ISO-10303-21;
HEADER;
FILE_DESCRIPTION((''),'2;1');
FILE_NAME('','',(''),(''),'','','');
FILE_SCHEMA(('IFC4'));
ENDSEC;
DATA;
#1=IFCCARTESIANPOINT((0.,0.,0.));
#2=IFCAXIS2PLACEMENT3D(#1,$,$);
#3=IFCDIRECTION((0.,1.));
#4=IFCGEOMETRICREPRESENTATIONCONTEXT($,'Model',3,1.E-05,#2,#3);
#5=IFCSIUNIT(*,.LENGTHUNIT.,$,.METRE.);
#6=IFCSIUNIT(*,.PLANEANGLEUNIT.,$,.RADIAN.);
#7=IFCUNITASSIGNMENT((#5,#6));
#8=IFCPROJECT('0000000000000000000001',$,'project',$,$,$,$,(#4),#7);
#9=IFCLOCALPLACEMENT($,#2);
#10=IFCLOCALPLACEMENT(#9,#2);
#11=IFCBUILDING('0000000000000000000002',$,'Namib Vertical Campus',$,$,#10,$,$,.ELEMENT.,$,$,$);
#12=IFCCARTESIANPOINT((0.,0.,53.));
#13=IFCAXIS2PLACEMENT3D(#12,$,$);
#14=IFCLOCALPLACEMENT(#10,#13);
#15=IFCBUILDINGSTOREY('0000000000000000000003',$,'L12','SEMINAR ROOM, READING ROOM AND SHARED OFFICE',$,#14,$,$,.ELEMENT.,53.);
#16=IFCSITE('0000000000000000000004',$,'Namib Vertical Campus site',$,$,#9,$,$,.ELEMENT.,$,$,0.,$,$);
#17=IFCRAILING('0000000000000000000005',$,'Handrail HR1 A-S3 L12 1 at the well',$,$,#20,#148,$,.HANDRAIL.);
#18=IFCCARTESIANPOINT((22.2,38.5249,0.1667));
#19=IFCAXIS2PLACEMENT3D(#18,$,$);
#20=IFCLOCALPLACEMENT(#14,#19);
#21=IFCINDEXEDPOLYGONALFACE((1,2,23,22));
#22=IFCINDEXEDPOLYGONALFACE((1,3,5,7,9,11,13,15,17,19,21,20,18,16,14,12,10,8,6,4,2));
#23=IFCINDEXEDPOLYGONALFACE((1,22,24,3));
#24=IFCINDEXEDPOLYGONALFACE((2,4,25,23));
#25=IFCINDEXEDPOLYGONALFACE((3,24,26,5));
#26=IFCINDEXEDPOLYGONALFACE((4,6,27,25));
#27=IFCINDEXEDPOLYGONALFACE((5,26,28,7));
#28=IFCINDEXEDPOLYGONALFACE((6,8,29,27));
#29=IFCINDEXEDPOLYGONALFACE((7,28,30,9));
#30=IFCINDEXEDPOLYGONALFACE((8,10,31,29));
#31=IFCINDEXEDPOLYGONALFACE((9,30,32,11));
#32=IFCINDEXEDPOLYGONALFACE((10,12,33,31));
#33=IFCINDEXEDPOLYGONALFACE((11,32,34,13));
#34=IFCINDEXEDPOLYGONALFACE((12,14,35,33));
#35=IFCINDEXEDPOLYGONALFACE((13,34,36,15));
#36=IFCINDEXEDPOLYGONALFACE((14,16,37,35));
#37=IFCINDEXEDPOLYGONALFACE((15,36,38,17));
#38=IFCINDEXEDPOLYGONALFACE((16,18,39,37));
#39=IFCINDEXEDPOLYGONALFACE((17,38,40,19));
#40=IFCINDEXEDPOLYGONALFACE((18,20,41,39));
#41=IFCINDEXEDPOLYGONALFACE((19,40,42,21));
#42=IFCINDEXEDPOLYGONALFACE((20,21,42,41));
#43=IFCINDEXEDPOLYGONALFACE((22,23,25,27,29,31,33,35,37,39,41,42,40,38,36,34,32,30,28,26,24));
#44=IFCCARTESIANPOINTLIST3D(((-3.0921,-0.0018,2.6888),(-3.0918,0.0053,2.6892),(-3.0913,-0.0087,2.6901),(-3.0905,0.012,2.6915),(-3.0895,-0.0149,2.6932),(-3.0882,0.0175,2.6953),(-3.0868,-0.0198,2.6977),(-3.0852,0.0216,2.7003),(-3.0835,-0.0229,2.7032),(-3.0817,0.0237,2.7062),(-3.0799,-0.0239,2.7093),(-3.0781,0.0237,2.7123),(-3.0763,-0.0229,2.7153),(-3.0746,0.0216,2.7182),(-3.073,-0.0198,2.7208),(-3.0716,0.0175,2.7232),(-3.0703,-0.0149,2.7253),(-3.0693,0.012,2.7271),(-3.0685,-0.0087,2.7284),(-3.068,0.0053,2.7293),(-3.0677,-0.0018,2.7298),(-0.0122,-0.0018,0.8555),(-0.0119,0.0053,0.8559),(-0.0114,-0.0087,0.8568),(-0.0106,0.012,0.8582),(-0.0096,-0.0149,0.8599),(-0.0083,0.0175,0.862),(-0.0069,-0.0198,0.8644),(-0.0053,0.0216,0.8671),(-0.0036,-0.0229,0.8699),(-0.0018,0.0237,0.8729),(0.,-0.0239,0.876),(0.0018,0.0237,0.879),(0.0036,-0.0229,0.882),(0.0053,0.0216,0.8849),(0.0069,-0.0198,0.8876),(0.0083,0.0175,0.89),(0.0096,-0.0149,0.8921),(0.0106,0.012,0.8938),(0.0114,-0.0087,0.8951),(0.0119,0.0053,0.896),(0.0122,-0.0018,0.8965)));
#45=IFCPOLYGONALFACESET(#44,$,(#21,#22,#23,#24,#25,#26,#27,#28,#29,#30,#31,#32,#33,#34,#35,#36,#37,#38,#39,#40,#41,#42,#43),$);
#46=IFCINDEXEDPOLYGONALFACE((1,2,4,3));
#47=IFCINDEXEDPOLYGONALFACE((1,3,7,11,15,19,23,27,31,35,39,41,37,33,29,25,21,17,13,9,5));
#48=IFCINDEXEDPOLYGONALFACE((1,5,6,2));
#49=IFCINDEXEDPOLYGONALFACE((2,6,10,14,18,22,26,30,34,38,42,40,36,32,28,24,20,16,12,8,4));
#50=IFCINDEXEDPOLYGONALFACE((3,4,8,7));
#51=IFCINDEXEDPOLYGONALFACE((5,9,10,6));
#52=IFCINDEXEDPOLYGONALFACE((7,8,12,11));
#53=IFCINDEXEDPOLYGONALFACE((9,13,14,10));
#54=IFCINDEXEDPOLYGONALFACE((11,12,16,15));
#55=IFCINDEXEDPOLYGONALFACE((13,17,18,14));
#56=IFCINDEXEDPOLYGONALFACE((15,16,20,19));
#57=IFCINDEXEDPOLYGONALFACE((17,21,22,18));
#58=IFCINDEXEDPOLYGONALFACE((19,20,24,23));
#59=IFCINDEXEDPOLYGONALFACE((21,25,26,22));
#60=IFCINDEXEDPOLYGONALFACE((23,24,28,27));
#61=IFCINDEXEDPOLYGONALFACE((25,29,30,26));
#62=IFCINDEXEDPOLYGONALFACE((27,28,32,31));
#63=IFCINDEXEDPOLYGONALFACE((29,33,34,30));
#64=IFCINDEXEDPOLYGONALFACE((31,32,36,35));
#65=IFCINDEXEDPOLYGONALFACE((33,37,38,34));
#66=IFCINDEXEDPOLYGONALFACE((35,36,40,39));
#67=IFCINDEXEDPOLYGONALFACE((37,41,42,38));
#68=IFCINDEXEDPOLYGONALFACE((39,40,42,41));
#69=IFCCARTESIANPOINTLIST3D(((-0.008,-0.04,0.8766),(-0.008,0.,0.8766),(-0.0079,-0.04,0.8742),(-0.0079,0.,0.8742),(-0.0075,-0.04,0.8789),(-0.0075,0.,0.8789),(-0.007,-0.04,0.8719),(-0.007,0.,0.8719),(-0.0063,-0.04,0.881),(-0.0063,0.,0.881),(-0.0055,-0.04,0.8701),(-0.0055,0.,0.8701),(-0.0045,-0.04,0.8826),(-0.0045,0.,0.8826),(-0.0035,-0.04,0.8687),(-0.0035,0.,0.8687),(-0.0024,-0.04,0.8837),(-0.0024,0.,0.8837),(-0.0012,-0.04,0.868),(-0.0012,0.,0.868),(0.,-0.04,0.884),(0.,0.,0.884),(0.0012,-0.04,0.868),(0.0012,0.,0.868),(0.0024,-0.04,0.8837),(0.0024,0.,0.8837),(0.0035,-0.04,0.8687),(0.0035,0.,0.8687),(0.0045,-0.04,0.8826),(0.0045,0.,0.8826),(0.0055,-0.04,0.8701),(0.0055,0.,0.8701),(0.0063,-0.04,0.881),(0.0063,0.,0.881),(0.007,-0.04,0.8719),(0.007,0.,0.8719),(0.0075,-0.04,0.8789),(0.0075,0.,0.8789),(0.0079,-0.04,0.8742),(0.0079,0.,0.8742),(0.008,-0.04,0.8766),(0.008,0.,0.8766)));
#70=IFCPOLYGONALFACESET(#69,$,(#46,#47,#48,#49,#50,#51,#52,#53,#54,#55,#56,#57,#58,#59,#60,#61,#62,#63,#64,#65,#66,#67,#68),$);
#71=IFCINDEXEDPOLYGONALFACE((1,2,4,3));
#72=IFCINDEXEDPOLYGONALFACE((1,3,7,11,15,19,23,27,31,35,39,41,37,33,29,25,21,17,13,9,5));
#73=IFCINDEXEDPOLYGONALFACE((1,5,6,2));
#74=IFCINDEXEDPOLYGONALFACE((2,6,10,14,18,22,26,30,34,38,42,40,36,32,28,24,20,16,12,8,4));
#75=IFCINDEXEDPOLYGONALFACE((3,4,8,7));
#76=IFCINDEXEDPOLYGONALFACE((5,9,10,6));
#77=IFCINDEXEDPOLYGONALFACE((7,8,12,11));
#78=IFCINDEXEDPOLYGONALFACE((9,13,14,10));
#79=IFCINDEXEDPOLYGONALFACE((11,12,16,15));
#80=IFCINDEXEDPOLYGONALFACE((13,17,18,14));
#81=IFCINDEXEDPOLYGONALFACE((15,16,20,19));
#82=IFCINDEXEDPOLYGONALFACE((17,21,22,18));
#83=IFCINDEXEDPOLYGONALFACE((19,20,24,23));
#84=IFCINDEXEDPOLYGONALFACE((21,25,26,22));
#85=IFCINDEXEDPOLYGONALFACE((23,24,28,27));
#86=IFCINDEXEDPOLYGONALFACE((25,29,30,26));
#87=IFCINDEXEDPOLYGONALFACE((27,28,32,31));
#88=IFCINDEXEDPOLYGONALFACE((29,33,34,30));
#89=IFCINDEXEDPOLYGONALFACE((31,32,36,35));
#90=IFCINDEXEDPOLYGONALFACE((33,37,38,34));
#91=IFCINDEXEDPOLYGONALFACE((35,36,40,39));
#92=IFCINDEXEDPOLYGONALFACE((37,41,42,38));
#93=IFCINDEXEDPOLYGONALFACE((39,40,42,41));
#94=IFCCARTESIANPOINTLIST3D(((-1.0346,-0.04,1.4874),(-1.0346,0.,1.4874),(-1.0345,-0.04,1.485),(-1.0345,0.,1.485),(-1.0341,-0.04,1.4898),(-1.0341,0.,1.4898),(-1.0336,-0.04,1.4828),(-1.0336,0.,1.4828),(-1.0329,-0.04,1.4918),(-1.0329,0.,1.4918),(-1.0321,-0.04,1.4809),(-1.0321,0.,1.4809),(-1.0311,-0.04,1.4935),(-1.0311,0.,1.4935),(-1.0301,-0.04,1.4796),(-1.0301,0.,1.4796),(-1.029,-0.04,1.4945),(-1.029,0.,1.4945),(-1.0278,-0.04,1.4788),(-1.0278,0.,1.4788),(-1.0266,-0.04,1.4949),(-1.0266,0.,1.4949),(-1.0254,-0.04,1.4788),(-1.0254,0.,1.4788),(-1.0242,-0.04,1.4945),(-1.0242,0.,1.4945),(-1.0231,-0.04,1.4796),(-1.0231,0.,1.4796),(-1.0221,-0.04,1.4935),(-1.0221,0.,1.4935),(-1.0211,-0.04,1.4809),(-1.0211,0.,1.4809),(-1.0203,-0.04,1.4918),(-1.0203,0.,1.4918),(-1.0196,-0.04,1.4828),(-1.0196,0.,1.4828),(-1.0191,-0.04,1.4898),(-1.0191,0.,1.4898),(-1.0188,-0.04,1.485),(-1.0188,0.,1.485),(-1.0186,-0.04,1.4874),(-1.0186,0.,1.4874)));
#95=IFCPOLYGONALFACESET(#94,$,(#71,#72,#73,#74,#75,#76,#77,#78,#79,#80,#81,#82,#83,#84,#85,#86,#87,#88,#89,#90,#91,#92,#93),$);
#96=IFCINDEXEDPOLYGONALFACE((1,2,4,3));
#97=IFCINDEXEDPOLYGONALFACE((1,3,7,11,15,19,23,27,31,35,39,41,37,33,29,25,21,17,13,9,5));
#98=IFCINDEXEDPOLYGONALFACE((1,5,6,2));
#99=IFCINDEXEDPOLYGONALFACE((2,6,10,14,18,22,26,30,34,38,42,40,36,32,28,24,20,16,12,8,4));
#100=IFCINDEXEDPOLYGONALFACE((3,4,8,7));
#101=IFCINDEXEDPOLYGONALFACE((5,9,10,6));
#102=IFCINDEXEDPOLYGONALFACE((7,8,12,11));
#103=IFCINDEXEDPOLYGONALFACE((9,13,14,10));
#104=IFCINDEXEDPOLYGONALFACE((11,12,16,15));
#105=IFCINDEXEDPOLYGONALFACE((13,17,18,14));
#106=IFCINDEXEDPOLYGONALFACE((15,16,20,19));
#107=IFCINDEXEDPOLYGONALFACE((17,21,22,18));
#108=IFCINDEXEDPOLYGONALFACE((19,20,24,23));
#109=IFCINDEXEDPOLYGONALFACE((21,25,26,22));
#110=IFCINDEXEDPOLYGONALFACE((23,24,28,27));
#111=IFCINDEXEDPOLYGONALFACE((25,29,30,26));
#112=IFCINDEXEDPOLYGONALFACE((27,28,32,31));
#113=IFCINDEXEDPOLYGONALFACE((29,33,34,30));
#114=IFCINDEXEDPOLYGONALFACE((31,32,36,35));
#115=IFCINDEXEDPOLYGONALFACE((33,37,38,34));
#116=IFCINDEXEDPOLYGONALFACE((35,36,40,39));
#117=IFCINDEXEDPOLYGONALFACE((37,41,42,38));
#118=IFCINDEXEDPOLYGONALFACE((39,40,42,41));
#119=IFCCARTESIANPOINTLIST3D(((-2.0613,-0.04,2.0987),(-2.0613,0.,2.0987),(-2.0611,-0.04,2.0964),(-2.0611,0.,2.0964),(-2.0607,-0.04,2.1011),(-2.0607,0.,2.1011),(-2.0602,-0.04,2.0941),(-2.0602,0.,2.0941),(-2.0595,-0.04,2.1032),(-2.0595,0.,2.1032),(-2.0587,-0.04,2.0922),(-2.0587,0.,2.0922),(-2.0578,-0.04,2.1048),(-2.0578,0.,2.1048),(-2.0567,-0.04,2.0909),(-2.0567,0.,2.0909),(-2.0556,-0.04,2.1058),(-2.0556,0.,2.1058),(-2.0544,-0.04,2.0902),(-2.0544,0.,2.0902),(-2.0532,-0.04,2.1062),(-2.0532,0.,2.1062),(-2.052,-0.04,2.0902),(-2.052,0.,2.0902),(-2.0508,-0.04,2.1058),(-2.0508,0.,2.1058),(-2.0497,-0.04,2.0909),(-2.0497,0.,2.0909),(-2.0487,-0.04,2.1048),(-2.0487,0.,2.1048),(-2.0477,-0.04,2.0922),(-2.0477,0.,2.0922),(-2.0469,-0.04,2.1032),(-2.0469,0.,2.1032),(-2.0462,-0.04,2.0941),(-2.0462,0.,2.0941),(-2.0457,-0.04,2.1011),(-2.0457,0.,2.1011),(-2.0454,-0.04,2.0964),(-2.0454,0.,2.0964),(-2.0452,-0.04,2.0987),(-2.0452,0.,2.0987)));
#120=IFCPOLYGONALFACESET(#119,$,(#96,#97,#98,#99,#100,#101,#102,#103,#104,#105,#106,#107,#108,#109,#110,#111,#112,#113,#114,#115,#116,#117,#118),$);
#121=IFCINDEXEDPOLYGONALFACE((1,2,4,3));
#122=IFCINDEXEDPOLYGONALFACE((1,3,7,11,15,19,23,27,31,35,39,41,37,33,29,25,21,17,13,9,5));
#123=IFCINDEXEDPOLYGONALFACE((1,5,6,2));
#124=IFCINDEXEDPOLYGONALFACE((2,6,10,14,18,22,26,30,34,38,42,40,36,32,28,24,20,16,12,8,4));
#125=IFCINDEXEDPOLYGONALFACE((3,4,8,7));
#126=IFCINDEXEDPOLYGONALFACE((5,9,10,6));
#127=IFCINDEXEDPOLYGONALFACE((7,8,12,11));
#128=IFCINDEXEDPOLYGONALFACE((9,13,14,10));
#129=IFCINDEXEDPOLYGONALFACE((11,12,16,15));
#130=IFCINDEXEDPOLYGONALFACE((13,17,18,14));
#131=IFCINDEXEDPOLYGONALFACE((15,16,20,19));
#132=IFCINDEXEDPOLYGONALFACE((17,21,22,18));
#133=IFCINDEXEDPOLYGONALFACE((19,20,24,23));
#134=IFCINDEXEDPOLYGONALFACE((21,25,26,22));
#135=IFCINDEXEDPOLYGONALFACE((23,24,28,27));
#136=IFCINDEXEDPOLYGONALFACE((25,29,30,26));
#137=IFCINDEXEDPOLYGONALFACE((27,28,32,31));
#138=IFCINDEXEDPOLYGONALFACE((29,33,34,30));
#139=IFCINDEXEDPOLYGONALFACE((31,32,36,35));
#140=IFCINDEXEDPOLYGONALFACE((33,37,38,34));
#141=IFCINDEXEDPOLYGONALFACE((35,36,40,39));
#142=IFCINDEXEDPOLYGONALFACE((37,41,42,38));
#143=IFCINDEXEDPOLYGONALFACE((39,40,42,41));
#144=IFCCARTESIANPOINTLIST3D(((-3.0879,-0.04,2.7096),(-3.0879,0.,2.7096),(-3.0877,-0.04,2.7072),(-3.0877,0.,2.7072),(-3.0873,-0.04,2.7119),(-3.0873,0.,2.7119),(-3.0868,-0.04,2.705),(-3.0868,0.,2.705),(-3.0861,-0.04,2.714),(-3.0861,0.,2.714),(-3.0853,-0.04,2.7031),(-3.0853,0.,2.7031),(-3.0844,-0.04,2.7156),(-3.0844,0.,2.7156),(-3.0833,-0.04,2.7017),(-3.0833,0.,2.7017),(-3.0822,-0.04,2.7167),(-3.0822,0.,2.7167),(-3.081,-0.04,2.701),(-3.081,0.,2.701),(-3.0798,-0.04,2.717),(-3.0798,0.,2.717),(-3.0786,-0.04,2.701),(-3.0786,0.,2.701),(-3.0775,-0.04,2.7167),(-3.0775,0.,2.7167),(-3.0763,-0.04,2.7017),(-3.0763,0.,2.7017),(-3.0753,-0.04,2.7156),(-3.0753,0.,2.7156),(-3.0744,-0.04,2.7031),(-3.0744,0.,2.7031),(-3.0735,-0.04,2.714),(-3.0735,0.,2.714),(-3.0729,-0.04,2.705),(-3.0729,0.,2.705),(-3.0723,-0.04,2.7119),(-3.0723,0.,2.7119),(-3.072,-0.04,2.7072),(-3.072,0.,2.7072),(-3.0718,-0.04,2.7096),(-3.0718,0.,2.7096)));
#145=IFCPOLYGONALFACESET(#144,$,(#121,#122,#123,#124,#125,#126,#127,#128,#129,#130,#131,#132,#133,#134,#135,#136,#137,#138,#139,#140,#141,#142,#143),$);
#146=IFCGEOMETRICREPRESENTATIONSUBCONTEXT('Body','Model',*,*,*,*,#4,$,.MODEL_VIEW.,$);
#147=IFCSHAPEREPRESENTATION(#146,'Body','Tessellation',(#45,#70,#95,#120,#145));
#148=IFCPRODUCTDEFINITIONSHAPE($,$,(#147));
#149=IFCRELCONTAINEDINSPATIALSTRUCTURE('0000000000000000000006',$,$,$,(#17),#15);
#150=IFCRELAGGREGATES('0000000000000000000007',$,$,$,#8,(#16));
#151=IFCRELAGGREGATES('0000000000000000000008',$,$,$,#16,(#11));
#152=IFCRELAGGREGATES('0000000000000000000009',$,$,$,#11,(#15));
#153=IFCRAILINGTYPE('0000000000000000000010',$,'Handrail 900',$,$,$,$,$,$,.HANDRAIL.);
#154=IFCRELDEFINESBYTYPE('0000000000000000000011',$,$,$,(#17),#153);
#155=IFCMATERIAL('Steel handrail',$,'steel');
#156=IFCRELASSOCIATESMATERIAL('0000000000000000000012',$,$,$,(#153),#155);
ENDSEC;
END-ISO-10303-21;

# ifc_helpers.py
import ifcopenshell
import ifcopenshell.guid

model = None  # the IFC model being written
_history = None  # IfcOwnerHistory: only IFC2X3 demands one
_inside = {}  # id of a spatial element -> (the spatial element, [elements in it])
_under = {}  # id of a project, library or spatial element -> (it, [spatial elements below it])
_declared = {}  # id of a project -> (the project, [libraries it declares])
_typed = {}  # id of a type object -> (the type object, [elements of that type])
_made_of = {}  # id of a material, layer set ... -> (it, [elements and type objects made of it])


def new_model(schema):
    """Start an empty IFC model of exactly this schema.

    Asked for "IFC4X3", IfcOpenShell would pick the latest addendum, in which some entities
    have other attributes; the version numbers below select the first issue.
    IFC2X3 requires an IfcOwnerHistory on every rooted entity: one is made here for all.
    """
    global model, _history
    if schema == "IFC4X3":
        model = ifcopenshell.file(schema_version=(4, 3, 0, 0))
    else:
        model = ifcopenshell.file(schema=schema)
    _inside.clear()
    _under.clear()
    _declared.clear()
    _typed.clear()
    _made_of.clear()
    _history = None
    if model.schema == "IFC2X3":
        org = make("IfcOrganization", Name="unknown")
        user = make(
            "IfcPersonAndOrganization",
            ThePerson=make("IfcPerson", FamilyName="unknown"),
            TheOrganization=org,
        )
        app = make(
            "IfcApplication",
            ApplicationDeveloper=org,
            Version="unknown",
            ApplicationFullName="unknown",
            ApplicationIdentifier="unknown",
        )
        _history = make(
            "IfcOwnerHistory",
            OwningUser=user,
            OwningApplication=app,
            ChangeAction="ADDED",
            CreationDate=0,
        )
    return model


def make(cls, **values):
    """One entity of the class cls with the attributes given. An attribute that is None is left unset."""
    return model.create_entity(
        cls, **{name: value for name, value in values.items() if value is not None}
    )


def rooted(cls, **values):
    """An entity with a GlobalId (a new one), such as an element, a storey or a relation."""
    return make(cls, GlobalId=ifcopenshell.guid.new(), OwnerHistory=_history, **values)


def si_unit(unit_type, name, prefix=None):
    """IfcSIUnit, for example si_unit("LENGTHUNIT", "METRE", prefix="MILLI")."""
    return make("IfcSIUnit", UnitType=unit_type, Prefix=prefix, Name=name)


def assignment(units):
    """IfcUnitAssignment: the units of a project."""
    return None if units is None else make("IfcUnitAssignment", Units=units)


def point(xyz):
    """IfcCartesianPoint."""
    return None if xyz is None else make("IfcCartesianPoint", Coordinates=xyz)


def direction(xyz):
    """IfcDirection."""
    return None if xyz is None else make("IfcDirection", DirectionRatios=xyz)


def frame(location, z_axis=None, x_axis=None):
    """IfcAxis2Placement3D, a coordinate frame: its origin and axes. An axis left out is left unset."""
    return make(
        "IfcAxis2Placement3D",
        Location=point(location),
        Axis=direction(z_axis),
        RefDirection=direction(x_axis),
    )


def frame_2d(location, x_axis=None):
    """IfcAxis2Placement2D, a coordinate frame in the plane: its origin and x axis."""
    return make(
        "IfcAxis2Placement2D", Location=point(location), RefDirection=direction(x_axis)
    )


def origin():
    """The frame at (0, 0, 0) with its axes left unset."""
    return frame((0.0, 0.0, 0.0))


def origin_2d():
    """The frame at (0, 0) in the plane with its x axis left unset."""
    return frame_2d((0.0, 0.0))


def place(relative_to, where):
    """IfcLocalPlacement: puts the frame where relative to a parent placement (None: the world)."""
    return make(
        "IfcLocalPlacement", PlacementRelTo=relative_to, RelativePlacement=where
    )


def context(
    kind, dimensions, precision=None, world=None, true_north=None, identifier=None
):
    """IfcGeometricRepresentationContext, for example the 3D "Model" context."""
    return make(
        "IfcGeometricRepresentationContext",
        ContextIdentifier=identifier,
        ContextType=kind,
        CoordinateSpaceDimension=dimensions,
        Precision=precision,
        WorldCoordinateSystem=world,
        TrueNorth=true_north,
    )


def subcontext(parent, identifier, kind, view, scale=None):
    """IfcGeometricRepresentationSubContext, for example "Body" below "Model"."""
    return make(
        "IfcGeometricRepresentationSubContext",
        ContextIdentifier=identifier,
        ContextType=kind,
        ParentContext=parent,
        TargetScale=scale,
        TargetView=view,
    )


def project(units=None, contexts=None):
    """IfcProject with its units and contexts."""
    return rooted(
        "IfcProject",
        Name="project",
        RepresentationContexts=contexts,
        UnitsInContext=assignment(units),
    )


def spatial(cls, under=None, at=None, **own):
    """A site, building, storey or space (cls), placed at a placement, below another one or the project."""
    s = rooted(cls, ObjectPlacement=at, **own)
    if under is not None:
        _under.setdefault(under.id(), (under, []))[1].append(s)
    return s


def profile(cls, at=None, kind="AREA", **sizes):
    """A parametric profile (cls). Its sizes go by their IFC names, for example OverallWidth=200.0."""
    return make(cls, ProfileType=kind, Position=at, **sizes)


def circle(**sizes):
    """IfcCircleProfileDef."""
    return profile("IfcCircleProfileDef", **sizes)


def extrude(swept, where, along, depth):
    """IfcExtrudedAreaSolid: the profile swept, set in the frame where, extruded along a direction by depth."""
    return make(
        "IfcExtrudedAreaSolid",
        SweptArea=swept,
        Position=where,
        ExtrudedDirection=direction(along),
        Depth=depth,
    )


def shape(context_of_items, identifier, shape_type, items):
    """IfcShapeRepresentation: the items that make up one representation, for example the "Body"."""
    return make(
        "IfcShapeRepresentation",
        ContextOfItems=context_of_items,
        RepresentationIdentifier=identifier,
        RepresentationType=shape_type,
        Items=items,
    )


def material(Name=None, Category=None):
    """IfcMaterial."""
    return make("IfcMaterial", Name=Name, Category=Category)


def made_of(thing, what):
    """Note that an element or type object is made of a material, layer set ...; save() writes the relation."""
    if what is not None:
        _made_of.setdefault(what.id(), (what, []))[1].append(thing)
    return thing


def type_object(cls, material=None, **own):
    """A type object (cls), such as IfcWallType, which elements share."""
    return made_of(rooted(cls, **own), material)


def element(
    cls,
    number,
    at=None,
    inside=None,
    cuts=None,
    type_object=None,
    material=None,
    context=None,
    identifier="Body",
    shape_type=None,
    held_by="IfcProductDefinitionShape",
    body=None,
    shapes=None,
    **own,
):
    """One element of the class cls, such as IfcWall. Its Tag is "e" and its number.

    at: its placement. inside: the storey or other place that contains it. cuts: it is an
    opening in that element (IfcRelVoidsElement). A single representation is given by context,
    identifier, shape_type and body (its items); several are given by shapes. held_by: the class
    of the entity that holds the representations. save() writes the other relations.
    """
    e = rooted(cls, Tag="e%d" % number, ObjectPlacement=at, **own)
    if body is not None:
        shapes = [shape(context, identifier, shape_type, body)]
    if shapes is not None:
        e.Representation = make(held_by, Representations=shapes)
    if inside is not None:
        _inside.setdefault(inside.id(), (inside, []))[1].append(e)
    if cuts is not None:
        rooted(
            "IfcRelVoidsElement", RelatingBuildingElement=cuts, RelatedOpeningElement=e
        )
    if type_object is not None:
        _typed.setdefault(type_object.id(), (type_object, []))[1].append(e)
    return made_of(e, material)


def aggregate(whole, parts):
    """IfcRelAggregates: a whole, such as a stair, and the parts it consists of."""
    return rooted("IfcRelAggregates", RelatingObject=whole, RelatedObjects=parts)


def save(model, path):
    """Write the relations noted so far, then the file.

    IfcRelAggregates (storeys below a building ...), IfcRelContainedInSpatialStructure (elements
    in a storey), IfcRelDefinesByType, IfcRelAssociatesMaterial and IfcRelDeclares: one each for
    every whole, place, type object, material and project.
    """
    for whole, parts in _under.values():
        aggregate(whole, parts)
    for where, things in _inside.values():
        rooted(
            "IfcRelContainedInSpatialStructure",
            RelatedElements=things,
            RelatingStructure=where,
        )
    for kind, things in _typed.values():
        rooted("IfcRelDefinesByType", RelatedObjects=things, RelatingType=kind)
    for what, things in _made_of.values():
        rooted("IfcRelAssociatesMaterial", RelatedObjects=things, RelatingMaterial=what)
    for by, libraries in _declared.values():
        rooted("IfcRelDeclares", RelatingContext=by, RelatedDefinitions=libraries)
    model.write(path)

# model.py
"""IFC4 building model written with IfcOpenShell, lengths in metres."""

from ifc_helpers import new_model, si_unit, direction, frame, origin, origin_2d, place, context, subcontext, project, spatial, circle, extrude, material, type_object, element, save


model = new_model("IFC4")

# Units and contexts
model_context = context("Model", 3, precision=1e-05, world=origin(), true_north=direction((0.0, 1.0)))
body_context = subcontext(model_context, "Body", "Model", "MODEL_VIEW")
ifc_project = project(units=[si_unit("LENGTHUNIT", "METRE"), si_unit("PLANEANGLEUNIT", "RADIAN")], contexts=[model_context])

# Site, building, storey
site_placement = place(None, origin())
site = spatial("IfcSite", under=ifc_project, at=site_placement, Name="Namib Vertical Campus site", CompositionType="ELEMENT", RefElevation=0.0)
building_placement = place(site_placement, origin())
building = spatial("IfcBuilding", under=site, at=building_placement, Name="Namib Vertical Campus", CompositionType="ELEMENT")
storey_placement = place(building_placement, frame((0.0, 0.0, 53.0)))
storey = spatial("IfcBuildingStorey", under=building, at=storey_placement, Name="L12", Description="SEMINAR ROOM, READING ROOM AND SHARED OFFICE", CompositionType="ELEMENT", Elevation=53.0)

# Railing
ifc_material_1 = material(Name="Steel handrail", Category="steel")
railing_type_1 = type_object("IfcRailingType", Name="Handrail 900", PredefinedType="HANDRAIL", material=ifc_material_1)
railing_1_placement = place(storey_placement, frame((22.2, 38.5249, 0.1667)))
element("IfcRailing", 1, at=railing_1_placement, inside=storey, type_object=railing_type_1, Name="Handrail HR1 A-S3 L12 1 at the well", PredefinedType="HANDRAIL", context=body_context, shape_type="SweptSolid", body=[
    extrude(circle(Radius=0.0239, at=origin_2d()), frame((0.0, 0.0, 0.876), z_axis=(-0.859291, 0.0, 0.511487), x_axis=(0.0, -1.0, 0.0)), (0.0, 0.0, 1.0), 3.5842),
    extrude(circle(Radius=0.0081, at=origin_2d()), frame((0.0, 0.0, 0.876), z_axis=(0.0, -1.0, 0.0), x_axis=(0.0, 0.0, 1.0)), (0.0, 0.0, 1.0), 0.04),
    extrude(circle(Radius=0.0081, at=origin_2d()), frame((-1.0266, 0.0, 1.4868), z_axis=(0.0, -1.0, 0.0), x_axis=(0.0, 0.0, 1.0)), (0.0, 0.0, 1.0), 0.04),
    extrude(circle(Radius=0.0081, at=origin_2d()), frame((-2.0532, 0.0, 2.0981), z_axis=(0.0, -1.0, 0.0), x_axis=(0.0, 0.0, 1.0)), (0.0, 0.0, 1.0), 0.04),
    extrude(circle(Radius=0.0081, at=origin_2d()), frame((-3.0798, 0.0, 2.709), z_axis=(0.0, -1.0, 0.0), x_axis=(0.0, 0.0, 1.0)), (0.0, 0.0, 1.0), 0.04),
])

save(model, "model.ifc")
